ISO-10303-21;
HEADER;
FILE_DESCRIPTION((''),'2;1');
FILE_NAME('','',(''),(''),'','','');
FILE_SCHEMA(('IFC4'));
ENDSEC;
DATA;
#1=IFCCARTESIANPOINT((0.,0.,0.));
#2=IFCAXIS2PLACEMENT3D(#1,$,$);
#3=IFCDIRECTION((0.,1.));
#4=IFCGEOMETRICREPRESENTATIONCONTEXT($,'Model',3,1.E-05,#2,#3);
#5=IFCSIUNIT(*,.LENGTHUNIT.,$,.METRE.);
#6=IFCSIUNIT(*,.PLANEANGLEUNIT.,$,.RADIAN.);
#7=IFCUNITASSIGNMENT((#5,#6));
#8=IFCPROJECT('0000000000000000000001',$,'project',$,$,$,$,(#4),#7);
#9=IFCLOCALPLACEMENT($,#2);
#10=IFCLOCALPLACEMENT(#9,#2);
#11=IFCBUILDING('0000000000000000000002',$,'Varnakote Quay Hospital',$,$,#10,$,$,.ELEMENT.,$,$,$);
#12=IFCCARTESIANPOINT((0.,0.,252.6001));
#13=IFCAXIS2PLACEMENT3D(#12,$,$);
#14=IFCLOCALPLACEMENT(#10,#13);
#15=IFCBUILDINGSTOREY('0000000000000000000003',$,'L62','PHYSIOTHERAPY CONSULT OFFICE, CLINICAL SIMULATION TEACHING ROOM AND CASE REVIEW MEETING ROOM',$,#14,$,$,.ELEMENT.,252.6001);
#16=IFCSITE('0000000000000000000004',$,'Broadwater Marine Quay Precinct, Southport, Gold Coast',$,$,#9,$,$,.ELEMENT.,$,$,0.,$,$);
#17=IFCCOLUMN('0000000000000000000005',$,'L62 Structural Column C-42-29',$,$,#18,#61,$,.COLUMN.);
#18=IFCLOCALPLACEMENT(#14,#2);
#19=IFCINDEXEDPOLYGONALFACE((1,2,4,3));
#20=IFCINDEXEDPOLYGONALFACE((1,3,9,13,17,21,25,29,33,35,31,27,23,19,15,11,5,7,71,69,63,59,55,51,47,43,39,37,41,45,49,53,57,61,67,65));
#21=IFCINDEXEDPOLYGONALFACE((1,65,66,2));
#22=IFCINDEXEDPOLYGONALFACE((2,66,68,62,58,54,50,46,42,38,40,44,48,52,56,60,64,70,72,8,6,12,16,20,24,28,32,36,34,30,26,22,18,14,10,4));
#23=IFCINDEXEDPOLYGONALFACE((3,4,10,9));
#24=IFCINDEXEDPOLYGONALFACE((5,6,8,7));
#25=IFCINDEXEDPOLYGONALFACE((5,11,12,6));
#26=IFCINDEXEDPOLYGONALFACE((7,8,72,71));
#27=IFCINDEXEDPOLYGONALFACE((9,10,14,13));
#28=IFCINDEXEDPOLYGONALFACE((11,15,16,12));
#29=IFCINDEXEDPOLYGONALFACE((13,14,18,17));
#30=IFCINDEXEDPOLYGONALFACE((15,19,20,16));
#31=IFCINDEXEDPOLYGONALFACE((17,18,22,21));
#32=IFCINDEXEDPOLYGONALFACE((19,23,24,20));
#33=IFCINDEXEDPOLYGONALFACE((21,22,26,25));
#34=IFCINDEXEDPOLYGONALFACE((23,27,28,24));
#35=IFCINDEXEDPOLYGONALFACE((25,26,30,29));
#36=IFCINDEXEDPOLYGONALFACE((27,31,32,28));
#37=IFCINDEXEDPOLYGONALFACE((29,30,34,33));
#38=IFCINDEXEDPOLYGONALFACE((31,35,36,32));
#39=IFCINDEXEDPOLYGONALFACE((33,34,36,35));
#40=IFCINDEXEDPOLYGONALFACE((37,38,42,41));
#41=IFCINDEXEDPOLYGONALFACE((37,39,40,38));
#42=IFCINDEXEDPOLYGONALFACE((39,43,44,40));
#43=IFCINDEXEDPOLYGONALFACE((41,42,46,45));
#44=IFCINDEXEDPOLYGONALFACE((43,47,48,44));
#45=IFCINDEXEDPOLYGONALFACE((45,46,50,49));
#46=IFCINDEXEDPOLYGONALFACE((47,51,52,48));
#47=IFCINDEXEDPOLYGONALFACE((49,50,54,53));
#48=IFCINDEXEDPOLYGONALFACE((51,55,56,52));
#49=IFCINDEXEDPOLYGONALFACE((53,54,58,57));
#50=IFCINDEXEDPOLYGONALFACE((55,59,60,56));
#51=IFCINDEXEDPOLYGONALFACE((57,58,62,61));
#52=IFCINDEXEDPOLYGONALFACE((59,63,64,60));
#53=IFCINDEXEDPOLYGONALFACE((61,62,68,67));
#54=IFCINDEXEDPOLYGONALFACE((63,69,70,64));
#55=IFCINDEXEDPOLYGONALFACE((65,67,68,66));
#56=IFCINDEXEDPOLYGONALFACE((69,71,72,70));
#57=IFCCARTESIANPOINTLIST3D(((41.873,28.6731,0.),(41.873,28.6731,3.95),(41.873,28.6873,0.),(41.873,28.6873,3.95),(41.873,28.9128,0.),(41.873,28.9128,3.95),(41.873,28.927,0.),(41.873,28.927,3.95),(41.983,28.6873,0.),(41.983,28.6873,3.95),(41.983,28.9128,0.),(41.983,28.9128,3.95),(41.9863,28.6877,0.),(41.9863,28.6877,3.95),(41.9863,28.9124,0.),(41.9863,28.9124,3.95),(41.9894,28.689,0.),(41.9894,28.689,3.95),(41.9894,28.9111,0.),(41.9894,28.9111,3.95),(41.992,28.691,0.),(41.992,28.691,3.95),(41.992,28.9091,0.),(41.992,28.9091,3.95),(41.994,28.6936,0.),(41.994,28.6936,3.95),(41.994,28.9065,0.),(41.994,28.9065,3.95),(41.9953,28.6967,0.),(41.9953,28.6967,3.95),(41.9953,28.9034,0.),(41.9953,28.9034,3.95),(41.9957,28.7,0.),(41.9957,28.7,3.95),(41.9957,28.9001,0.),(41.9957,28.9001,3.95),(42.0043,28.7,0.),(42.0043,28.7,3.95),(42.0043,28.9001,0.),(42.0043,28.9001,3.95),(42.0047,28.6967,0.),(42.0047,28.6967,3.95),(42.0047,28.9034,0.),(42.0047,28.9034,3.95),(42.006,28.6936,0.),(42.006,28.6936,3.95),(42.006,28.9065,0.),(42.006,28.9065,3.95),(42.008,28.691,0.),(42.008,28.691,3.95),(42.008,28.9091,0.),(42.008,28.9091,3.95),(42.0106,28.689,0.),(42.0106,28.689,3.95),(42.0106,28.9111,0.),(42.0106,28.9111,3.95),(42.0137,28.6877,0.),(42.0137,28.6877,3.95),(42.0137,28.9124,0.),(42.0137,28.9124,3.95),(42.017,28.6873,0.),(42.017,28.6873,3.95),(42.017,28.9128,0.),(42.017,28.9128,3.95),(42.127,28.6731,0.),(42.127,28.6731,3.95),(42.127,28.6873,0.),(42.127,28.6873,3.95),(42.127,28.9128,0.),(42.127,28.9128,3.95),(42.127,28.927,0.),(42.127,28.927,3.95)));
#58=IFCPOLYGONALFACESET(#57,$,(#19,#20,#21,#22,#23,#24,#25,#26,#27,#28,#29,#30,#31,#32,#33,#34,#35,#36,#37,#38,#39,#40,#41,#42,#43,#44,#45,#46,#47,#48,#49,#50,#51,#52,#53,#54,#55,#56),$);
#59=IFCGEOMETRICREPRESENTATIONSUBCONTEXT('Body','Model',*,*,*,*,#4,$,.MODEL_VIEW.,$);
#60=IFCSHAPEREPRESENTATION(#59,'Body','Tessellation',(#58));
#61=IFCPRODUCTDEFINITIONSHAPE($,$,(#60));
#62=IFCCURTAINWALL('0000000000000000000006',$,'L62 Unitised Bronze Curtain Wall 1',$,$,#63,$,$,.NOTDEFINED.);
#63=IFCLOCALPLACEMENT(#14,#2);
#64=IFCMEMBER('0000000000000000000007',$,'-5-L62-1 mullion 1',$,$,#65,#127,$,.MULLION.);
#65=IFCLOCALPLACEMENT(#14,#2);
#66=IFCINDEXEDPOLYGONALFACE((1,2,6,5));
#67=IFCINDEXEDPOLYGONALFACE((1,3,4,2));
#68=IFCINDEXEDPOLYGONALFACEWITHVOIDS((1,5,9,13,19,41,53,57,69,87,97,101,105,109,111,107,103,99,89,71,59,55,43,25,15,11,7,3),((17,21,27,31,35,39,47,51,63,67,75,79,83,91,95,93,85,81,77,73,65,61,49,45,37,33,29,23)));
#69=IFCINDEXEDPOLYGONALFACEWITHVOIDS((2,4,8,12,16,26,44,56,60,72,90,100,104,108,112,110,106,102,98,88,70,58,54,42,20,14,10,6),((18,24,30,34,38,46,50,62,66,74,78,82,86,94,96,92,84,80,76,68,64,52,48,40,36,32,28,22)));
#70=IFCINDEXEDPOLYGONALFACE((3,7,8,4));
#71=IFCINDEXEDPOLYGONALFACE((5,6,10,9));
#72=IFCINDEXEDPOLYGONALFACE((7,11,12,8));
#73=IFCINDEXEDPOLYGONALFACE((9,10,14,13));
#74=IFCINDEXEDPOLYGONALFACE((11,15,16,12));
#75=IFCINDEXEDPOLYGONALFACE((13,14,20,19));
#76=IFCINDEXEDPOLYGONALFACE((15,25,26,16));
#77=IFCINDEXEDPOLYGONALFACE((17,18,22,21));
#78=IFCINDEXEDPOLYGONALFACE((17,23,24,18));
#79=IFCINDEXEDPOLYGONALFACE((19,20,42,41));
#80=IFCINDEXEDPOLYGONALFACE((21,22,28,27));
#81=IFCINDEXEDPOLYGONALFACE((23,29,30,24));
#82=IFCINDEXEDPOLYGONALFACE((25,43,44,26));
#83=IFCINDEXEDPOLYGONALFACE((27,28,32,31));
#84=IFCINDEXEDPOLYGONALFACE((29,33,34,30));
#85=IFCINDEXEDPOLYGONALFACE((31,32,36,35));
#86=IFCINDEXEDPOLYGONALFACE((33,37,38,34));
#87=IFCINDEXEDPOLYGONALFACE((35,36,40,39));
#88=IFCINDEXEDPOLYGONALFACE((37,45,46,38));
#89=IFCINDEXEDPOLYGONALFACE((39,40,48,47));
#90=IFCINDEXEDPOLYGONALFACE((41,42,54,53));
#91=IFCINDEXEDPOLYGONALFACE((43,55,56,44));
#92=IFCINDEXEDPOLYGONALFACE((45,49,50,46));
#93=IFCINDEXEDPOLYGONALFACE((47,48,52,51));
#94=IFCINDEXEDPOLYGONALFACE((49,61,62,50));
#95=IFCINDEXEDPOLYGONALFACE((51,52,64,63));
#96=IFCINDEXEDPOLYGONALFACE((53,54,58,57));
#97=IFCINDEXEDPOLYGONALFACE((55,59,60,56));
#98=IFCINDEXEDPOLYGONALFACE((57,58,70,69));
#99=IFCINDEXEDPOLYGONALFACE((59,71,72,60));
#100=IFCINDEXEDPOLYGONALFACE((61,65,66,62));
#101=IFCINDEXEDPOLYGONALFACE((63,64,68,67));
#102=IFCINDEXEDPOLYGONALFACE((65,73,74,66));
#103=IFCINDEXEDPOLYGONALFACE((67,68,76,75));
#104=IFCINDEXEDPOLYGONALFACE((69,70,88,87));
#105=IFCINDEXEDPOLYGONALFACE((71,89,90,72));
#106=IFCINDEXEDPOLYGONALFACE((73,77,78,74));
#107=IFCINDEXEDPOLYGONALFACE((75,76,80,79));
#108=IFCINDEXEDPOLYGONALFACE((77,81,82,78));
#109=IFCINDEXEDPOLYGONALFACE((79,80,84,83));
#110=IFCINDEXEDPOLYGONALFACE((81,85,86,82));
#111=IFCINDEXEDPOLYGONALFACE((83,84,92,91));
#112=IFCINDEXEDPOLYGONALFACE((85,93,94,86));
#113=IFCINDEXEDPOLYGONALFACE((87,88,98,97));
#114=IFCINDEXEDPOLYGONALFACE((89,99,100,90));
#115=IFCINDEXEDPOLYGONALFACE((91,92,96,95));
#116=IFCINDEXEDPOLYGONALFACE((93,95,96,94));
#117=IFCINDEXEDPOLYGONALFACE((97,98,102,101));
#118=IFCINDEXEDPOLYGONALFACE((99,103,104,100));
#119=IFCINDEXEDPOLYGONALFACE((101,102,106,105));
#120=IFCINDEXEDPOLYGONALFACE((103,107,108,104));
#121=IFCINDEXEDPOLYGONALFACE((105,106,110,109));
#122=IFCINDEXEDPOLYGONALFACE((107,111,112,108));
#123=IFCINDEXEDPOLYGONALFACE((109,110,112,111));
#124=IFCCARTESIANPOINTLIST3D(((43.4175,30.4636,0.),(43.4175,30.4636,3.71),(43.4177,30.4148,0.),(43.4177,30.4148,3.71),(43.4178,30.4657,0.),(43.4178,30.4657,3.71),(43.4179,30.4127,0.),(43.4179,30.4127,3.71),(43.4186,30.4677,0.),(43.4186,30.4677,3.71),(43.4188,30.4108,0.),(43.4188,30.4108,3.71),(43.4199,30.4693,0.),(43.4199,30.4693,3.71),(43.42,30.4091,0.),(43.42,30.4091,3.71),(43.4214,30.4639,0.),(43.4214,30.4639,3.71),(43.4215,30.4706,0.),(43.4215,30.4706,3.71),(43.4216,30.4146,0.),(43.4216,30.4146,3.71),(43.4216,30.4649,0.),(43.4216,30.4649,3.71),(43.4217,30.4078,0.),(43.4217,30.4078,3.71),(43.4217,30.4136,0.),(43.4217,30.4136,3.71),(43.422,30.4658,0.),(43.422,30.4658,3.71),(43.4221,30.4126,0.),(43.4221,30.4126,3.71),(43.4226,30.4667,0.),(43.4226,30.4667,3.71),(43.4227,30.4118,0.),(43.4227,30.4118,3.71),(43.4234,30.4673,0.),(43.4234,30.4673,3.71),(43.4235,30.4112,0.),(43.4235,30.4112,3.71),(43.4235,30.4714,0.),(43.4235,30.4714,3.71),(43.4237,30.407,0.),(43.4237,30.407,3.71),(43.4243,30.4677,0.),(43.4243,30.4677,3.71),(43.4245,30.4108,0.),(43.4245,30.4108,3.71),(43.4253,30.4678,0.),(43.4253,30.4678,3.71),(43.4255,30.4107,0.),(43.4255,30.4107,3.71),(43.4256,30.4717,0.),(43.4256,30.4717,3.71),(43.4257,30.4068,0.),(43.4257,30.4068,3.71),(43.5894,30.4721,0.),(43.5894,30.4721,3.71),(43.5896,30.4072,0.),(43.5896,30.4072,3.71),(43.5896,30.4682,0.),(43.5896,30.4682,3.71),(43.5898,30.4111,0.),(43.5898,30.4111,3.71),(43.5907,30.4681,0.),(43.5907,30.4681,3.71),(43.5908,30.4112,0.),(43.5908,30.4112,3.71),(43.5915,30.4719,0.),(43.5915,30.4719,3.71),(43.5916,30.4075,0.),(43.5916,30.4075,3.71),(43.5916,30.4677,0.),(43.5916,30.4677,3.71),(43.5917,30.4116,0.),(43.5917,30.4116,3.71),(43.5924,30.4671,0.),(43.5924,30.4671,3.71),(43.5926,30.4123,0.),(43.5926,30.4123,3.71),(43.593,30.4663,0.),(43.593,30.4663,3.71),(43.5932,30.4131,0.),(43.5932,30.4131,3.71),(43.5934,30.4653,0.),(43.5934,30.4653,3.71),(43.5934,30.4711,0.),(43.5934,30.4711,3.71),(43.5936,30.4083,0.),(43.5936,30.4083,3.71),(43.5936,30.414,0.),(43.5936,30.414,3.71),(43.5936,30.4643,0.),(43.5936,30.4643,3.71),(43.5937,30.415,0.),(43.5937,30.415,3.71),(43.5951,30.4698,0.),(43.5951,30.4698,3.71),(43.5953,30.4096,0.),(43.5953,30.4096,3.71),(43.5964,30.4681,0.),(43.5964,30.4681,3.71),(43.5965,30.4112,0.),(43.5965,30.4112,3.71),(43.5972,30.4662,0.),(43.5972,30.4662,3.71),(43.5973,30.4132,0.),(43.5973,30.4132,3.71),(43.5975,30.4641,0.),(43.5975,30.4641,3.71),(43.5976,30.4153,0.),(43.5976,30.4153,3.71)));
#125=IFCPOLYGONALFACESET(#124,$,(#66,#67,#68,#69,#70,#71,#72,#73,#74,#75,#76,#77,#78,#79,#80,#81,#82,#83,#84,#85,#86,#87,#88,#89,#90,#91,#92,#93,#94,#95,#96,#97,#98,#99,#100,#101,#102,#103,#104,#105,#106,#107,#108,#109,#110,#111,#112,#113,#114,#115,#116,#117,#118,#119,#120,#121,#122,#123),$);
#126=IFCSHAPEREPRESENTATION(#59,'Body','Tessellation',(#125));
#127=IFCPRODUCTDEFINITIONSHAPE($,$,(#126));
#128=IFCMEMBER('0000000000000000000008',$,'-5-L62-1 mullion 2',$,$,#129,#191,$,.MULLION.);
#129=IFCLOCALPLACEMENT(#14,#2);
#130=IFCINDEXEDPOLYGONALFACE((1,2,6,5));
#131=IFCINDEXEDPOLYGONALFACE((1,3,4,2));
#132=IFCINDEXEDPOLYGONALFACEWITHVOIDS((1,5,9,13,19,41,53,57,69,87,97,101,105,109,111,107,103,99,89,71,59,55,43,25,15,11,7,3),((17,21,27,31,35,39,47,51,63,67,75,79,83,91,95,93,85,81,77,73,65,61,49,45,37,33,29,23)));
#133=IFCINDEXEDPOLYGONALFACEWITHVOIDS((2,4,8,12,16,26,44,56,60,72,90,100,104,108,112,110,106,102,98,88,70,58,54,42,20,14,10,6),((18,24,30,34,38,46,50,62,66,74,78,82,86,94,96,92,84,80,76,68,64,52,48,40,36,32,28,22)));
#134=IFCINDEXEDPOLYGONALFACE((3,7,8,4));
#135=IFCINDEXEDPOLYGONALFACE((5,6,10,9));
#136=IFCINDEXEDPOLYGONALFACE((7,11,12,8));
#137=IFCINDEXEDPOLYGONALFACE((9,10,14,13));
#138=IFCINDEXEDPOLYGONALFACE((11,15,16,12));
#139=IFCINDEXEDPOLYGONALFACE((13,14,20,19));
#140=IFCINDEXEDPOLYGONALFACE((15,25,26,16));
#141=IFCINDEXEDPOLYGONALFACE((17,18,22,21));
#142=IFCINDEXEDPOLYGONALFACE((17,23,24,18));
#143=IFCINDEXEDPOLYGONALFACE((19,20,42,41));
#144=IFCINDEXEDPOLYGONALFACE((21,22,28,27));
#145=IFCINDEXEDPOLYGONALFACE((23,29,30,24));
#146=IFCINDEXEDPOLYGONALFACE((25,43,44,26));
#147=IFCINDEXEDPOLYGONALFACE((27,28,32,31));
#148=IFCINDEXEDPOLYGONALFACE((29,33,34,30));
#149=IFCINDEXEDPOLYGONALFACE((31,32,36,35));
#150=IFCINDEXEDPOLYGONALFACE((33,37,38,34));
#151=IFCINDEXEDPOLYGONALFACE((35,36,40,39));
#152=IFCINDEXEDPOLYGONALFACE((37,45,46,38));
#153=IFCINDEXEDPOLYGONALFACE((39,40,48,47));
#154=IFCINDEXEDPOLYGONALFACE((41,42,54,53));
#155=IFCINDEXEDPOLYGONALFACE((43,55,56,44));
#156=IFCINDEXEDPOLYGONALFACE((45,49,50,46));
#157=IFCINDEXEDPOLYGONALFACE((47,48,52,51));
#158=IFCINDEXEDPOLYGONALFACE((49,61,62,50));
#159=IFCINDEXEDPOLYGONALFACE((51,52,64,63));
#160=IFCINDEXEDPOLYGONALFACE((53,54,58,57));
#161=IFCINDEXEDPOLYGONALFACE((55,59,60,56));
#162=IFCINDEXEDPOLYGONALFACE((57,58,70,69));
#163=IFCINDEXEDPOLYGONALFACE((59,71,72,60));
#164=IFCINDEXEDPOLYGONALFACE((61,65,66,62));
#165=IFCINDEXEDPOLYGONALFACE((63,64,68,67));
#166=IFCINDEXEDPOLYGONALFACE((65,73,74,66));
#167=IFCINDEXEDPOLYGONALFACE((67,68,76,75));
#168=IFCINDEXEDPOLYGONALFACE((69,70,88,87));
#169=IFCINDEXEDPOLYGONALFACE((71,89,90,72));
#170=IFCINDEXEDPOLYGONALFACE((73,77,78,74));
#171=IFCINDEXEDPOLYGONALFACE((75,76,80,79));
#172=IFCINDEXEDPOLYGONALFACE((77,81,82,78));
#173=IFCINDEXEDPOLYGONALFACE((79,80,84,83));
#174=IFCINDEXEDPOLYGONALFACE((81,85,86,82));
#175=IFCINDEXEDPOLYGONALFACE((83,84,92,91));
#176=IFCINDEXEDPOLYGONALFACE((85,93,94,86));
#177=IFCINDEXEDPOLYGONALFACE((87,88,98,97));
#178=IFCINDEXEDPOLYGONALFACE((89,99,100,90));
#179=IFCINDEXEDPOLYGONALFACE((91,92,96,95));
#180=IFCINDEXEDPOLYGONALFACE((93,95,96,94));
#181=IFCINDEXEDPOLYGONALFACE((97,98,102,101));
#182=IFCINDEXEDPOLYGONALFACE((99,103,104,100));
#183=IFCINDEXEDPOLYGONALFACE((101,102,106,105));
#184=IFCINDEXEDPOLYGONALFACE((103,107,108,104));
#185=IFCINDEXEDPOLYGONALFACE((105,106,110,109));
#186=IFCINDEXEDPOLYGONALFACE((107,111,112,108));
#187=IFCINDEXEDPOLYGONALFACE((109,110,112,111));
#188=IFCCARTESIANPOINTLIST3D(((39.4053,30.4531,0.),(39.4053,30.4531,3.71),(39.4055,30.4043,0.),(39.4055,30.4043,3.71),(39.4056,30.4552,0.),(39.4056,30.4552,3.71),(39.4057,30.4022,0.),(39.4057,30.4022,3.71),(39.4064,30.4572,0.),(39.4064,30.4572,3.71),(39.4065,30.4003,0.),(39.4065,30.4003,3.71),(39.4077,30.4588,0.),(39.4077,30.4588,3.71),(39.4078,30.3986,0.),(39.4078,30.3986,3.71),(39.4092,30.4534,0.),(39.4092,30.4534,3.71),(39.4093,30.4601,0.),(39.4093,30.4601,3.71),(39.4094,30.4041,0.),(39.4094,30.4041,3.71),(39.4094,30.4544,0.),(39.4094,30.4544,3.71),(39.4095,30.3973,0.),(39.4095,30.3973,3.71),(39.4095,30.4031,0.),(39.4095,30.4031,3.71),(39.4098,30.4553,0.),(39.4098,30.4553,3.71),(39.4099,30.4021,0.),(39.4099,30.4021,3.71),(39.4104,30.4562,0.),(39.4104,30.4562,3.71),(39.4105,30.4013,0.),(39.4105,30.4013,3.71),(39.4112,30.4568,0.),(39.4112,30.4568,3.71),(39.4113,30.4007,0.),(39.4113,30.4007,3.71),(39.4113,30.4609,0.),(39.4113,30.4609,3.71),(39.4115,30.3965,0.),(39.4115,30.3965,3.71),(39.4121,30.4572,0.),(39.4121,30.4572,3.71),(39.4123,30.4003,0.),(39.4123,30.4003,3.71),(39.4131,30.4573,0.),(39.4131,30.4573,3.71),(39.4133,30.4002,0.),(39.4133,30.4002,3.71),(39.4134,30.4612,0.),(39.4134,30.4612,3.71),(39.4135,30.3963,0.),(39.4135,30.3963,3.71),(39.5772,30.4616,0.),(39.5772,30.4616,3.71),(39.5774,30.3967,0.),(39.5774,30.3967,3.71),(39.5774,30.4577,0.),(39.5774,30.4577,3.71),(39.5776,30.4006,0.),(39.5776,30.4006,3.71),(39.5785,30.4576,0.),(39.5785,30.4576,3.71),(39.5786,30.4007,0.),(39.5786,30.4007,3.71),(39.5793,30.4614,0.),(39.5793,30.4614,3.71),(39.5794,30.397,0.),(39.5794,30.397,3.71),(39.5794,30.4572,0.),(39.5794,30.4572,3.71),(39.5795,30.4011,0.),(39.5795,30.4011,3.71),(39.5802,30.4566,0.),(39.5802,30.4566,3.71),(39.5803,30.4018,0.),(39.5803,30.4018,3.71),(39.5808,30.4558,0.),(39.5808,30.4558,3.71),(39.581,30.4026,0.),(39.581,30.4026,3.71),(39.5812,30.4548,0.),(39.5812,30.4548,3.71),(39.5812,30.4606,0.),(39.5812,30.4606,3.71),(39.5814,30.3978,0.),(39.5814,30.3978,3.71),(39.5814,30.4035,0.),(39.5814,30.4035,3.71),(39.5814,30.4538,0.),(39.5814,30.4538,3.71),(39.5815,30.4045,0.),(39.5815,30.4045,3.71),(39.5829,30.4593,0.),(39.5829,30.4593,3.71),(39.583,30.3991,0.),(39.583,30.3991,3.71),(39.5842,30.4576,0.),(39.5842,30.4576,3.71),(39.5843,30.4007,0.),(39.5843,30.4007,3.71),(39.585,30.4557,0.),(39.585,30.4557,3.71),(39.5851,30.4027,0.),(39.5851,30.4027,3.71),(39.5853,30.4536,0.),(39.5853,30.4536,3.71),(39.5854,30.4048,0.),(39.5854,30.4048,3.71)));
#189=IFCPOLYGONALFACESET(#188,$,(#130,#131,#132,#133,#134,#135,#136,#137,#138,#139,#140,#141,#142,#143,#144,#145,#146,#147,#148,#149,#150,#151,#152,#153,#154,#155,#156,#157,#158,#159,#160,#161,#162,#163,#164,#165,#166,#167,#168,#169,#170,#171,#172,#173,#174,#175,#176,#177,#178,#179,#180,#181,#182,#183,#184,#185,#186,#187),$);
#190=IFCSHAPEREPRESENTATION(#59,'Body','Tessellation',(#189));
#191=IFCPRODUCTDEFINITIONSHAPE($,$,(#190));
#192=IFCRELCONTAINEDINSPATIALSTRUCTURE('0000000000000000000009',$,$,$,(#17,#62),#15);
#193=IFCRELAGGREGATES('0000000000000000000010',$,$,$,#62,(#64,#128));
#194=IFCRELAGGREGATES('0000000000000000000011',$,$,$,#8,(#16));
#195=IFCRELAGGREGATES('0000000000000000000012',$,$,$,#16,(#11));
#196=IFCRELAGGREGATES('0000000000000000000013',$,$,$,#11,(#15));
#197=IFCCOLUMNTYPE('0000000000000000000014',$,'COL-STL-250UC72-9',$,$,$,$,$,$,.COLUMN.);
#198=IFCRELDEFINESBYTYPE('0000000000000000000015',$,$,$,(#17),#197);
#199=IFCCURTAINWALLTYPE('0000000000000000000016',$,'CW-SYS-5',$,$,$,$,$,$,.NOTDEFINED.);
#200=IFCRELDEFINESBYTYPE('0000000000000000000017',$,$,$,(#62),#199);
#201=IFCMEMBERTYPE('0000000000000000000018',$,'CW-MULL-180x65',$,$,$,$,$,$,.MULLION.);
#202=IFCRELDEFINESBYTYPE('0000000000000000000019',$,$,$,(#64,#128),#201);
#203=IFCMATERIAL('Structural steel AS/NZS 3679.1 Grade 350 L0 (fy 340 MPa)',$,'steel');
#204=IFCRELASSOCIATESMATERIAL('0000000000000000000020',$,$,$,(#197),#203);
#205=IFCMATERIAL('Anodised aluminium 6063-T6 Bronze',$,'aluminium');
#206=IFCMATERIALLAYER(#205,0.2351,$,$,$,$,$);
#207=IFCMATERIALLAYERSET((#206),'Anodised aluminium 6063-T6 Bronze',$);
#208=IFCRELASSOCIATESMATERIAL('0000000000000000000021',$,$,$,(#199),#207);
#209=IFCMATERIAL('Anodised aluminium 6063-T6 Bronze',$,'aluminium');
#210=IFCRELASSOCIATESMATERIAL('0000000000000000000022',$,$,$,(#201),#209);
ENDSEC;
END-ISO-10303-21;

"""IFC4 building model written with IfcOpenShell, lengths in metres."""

from ifc_helpers import new_model, si_unit, direction, frame, origin, origin_2d, place, context, subcontext, project, spatial, hollow_rectangle, i_section, extrude, material, layer, layer_set, material_profile, profile_set, type_object, element, aggregate, save


model = new_model("IFC4")

# Units and contexts
model_context = context("Model", 3, precision=1e-05, world=origin(), true_north=direction((0.0, 1.0)))
body_context = subcontext(model_context, "Body", "Model", "MODEL_VIEW")
ifc_project = project(units=[si_unit("LENGTHUNIT", "METRE"), si_unit("PLANEANGLEUNIT", "RADIAN")], contexts=[model_context])

# Site, building, storey
site_placement = place(None, origin())
site = spatial("IfcSite", under=ifc_project, at=site_placement, Name="Broadwater Marine Quay Precinct, Southport, Gold Coast", CompositionType="ELEMENT", RefElevation=0.0)
building_placement = place(site_placement, origin())
building = spatial("IfcBuilding", under=site, at=building_placement, Name="Varnakote Quay Hospital", CompositionType="ELEMENT")
storey_placement = place(building_placement, frame((0.0, 0.0, 252.6001)))
storey = spatial("IfcBuildingStorey", under=building, at=storey_placement, Name="L62", Description="PHYSIOTHERAPY CONSULT OFFICE, CLINICAL SIMULATION TEACHING ROOM AND CASE REVIEW MEETING ROOM", CompositionType="ELEMENT", Elevation=252.6001)

# Column
ifc_material_1 = material(Name="Structural steel AS/NZS 3679.1 Grade 350 L0 (fy 340 MPa)", Category="steel")
ifc_material_profile_1 = material_profile(ifc_material_1, i_section(OverallWidth=0.2539, OverallDepth=0.2539, WebThickness=0.0085, FlangeThickness=0.0142, FilletRadius=0.0127, at=origin_2d()), Name="250UC72.9")
ifc_profile_set_1 = profile_set([ifc_material_profile_1], Name="Structural steel AS/NZS 3679.1 Grade 350 L0 (fy 340 MPa)")
column_type = type_object("IfcColumnType", Name="COL-STL-250UC72-9", PredefinedType="COLUMN", material=ifc_profile_set_1)
column_placement = place(storey_placement, frame((42.0, 28.8, 0.0), z_axis=(0.0, 0.0, 1.0), x_axis=(1.0, 0.0, 0.0)))
element("IfcColumn", 1, at=column_placement, inside=storey, type_object=column_type, Name="L62 Structural Column C-42-29", PredefinedType="COLUMN", context=body_context, shape_type="SweptSolid", body=[
    extrude(i_section(OverallWidth=0.2539, OverallDepth=0.2539, WebThickness=0.0085, FlangeThickness=0.0142, FilletRadius=0.0127, at=origin_2d()), origin(), (0.0, 0.0, 1.0), 3.95),
])

# Curtain wall, members
ifc_material_2 = material(Name="Anodised aluminium 6063-T6 Bronze", Category="aluminium")
ifc_layer_1 = layer(ifc_material_2, 0.2351)
ifc_layer_set_1 = layer_set([ifc_layer_1], Name="Anodised aluminium 6063-T6 Bronze")
curtain_wall_type = type_object("IfcCurtainWallType", Name="CW-SYS-5", PredefinedType="NOTDEFINED", material=ifc_layer_set_1)
curtain_wall_placement = place(storey_placement, origin())
curtain_wall = element("IfcCurtainWall", 2, at=curtain_wall_placement, inside=storey, type_object=curtain_wall_type, Name="L62 Unitised Bronze Curtain Wall 1", PredefinedType="NOTDEFINED")
ifc_material_3 = material(Name="Anodised aluminium 6063-T6 Bronze", Category="aluminium")
ifc_material_profile_2 = material_profile(ifc_material_3, hollow_rectangle(XDim=0.0649, YDim=0.1799, WallThickness=0.0039, InnerFilletRadius=0.0039, OuterFilletRadius=0.0081, at=origin_2d()), Name="CW-MULL-180x65")
ifc_profile_set_2 = profile_set([ifc_material_profile_2], Name="Anodised aluminium 6063-T6 Bronze")
member_type_1 = type_object("IfcMemberType", Name="CW-MULL-180x65", PredefinedType="MULLION", material=ifc_profile_set_2)
member_1_placement = place(storey_placement, frame((43.5076, 30.4395, 0.0), z_axis=(0.0, 0.0, 1.0), x_axis=(0.002604, -0.999997, 0.0)))
member_1 = element("IfcMember", 3, at=member_1_placement, type_object=member_type_1, Name="-5-L62-1 mullion 1", PredefinedType="MULLION", context=body_context, shape_type="SweptSolid", body=[
    extrude(hollow_rectangle(XDim=0.0649, YDim=0.1799, WallThickness=0.0039, InnerFilletRadius=0.0039, OuterFilletRadius=0.0081, at=origin_2d()), origin(), (0.0, 0.0, 1.0), 3.71),
])
member_2_placement = place(storey_placement, frame((39.4954, 30.429, 0.0), z_axis=(0.0, 0.0, 1.0), x_axis=(0.002604, -0.999997, 0.0)))
member_2 = element("IfcMember", 4, at=member_2_placement, type_object=member_type_1, Name="-5-L62-1 mullion 2", PredefinedType="MULLION", context=body_context, shape_type="SweptSolid", body=[
    extrude(hollow_rectangle(XDim=0.0649, YDim=0.1799, WallThickness=0.0039, InnerFilletRadius=0.0039, OuterFilletRadius=0.0081, at=origin_2d()), origin(), (0.0, 0.0, 1.0), 3.71),
])

aggregate(curtain_wall, [member_1, member_2])

save(model, "model.ifc")
